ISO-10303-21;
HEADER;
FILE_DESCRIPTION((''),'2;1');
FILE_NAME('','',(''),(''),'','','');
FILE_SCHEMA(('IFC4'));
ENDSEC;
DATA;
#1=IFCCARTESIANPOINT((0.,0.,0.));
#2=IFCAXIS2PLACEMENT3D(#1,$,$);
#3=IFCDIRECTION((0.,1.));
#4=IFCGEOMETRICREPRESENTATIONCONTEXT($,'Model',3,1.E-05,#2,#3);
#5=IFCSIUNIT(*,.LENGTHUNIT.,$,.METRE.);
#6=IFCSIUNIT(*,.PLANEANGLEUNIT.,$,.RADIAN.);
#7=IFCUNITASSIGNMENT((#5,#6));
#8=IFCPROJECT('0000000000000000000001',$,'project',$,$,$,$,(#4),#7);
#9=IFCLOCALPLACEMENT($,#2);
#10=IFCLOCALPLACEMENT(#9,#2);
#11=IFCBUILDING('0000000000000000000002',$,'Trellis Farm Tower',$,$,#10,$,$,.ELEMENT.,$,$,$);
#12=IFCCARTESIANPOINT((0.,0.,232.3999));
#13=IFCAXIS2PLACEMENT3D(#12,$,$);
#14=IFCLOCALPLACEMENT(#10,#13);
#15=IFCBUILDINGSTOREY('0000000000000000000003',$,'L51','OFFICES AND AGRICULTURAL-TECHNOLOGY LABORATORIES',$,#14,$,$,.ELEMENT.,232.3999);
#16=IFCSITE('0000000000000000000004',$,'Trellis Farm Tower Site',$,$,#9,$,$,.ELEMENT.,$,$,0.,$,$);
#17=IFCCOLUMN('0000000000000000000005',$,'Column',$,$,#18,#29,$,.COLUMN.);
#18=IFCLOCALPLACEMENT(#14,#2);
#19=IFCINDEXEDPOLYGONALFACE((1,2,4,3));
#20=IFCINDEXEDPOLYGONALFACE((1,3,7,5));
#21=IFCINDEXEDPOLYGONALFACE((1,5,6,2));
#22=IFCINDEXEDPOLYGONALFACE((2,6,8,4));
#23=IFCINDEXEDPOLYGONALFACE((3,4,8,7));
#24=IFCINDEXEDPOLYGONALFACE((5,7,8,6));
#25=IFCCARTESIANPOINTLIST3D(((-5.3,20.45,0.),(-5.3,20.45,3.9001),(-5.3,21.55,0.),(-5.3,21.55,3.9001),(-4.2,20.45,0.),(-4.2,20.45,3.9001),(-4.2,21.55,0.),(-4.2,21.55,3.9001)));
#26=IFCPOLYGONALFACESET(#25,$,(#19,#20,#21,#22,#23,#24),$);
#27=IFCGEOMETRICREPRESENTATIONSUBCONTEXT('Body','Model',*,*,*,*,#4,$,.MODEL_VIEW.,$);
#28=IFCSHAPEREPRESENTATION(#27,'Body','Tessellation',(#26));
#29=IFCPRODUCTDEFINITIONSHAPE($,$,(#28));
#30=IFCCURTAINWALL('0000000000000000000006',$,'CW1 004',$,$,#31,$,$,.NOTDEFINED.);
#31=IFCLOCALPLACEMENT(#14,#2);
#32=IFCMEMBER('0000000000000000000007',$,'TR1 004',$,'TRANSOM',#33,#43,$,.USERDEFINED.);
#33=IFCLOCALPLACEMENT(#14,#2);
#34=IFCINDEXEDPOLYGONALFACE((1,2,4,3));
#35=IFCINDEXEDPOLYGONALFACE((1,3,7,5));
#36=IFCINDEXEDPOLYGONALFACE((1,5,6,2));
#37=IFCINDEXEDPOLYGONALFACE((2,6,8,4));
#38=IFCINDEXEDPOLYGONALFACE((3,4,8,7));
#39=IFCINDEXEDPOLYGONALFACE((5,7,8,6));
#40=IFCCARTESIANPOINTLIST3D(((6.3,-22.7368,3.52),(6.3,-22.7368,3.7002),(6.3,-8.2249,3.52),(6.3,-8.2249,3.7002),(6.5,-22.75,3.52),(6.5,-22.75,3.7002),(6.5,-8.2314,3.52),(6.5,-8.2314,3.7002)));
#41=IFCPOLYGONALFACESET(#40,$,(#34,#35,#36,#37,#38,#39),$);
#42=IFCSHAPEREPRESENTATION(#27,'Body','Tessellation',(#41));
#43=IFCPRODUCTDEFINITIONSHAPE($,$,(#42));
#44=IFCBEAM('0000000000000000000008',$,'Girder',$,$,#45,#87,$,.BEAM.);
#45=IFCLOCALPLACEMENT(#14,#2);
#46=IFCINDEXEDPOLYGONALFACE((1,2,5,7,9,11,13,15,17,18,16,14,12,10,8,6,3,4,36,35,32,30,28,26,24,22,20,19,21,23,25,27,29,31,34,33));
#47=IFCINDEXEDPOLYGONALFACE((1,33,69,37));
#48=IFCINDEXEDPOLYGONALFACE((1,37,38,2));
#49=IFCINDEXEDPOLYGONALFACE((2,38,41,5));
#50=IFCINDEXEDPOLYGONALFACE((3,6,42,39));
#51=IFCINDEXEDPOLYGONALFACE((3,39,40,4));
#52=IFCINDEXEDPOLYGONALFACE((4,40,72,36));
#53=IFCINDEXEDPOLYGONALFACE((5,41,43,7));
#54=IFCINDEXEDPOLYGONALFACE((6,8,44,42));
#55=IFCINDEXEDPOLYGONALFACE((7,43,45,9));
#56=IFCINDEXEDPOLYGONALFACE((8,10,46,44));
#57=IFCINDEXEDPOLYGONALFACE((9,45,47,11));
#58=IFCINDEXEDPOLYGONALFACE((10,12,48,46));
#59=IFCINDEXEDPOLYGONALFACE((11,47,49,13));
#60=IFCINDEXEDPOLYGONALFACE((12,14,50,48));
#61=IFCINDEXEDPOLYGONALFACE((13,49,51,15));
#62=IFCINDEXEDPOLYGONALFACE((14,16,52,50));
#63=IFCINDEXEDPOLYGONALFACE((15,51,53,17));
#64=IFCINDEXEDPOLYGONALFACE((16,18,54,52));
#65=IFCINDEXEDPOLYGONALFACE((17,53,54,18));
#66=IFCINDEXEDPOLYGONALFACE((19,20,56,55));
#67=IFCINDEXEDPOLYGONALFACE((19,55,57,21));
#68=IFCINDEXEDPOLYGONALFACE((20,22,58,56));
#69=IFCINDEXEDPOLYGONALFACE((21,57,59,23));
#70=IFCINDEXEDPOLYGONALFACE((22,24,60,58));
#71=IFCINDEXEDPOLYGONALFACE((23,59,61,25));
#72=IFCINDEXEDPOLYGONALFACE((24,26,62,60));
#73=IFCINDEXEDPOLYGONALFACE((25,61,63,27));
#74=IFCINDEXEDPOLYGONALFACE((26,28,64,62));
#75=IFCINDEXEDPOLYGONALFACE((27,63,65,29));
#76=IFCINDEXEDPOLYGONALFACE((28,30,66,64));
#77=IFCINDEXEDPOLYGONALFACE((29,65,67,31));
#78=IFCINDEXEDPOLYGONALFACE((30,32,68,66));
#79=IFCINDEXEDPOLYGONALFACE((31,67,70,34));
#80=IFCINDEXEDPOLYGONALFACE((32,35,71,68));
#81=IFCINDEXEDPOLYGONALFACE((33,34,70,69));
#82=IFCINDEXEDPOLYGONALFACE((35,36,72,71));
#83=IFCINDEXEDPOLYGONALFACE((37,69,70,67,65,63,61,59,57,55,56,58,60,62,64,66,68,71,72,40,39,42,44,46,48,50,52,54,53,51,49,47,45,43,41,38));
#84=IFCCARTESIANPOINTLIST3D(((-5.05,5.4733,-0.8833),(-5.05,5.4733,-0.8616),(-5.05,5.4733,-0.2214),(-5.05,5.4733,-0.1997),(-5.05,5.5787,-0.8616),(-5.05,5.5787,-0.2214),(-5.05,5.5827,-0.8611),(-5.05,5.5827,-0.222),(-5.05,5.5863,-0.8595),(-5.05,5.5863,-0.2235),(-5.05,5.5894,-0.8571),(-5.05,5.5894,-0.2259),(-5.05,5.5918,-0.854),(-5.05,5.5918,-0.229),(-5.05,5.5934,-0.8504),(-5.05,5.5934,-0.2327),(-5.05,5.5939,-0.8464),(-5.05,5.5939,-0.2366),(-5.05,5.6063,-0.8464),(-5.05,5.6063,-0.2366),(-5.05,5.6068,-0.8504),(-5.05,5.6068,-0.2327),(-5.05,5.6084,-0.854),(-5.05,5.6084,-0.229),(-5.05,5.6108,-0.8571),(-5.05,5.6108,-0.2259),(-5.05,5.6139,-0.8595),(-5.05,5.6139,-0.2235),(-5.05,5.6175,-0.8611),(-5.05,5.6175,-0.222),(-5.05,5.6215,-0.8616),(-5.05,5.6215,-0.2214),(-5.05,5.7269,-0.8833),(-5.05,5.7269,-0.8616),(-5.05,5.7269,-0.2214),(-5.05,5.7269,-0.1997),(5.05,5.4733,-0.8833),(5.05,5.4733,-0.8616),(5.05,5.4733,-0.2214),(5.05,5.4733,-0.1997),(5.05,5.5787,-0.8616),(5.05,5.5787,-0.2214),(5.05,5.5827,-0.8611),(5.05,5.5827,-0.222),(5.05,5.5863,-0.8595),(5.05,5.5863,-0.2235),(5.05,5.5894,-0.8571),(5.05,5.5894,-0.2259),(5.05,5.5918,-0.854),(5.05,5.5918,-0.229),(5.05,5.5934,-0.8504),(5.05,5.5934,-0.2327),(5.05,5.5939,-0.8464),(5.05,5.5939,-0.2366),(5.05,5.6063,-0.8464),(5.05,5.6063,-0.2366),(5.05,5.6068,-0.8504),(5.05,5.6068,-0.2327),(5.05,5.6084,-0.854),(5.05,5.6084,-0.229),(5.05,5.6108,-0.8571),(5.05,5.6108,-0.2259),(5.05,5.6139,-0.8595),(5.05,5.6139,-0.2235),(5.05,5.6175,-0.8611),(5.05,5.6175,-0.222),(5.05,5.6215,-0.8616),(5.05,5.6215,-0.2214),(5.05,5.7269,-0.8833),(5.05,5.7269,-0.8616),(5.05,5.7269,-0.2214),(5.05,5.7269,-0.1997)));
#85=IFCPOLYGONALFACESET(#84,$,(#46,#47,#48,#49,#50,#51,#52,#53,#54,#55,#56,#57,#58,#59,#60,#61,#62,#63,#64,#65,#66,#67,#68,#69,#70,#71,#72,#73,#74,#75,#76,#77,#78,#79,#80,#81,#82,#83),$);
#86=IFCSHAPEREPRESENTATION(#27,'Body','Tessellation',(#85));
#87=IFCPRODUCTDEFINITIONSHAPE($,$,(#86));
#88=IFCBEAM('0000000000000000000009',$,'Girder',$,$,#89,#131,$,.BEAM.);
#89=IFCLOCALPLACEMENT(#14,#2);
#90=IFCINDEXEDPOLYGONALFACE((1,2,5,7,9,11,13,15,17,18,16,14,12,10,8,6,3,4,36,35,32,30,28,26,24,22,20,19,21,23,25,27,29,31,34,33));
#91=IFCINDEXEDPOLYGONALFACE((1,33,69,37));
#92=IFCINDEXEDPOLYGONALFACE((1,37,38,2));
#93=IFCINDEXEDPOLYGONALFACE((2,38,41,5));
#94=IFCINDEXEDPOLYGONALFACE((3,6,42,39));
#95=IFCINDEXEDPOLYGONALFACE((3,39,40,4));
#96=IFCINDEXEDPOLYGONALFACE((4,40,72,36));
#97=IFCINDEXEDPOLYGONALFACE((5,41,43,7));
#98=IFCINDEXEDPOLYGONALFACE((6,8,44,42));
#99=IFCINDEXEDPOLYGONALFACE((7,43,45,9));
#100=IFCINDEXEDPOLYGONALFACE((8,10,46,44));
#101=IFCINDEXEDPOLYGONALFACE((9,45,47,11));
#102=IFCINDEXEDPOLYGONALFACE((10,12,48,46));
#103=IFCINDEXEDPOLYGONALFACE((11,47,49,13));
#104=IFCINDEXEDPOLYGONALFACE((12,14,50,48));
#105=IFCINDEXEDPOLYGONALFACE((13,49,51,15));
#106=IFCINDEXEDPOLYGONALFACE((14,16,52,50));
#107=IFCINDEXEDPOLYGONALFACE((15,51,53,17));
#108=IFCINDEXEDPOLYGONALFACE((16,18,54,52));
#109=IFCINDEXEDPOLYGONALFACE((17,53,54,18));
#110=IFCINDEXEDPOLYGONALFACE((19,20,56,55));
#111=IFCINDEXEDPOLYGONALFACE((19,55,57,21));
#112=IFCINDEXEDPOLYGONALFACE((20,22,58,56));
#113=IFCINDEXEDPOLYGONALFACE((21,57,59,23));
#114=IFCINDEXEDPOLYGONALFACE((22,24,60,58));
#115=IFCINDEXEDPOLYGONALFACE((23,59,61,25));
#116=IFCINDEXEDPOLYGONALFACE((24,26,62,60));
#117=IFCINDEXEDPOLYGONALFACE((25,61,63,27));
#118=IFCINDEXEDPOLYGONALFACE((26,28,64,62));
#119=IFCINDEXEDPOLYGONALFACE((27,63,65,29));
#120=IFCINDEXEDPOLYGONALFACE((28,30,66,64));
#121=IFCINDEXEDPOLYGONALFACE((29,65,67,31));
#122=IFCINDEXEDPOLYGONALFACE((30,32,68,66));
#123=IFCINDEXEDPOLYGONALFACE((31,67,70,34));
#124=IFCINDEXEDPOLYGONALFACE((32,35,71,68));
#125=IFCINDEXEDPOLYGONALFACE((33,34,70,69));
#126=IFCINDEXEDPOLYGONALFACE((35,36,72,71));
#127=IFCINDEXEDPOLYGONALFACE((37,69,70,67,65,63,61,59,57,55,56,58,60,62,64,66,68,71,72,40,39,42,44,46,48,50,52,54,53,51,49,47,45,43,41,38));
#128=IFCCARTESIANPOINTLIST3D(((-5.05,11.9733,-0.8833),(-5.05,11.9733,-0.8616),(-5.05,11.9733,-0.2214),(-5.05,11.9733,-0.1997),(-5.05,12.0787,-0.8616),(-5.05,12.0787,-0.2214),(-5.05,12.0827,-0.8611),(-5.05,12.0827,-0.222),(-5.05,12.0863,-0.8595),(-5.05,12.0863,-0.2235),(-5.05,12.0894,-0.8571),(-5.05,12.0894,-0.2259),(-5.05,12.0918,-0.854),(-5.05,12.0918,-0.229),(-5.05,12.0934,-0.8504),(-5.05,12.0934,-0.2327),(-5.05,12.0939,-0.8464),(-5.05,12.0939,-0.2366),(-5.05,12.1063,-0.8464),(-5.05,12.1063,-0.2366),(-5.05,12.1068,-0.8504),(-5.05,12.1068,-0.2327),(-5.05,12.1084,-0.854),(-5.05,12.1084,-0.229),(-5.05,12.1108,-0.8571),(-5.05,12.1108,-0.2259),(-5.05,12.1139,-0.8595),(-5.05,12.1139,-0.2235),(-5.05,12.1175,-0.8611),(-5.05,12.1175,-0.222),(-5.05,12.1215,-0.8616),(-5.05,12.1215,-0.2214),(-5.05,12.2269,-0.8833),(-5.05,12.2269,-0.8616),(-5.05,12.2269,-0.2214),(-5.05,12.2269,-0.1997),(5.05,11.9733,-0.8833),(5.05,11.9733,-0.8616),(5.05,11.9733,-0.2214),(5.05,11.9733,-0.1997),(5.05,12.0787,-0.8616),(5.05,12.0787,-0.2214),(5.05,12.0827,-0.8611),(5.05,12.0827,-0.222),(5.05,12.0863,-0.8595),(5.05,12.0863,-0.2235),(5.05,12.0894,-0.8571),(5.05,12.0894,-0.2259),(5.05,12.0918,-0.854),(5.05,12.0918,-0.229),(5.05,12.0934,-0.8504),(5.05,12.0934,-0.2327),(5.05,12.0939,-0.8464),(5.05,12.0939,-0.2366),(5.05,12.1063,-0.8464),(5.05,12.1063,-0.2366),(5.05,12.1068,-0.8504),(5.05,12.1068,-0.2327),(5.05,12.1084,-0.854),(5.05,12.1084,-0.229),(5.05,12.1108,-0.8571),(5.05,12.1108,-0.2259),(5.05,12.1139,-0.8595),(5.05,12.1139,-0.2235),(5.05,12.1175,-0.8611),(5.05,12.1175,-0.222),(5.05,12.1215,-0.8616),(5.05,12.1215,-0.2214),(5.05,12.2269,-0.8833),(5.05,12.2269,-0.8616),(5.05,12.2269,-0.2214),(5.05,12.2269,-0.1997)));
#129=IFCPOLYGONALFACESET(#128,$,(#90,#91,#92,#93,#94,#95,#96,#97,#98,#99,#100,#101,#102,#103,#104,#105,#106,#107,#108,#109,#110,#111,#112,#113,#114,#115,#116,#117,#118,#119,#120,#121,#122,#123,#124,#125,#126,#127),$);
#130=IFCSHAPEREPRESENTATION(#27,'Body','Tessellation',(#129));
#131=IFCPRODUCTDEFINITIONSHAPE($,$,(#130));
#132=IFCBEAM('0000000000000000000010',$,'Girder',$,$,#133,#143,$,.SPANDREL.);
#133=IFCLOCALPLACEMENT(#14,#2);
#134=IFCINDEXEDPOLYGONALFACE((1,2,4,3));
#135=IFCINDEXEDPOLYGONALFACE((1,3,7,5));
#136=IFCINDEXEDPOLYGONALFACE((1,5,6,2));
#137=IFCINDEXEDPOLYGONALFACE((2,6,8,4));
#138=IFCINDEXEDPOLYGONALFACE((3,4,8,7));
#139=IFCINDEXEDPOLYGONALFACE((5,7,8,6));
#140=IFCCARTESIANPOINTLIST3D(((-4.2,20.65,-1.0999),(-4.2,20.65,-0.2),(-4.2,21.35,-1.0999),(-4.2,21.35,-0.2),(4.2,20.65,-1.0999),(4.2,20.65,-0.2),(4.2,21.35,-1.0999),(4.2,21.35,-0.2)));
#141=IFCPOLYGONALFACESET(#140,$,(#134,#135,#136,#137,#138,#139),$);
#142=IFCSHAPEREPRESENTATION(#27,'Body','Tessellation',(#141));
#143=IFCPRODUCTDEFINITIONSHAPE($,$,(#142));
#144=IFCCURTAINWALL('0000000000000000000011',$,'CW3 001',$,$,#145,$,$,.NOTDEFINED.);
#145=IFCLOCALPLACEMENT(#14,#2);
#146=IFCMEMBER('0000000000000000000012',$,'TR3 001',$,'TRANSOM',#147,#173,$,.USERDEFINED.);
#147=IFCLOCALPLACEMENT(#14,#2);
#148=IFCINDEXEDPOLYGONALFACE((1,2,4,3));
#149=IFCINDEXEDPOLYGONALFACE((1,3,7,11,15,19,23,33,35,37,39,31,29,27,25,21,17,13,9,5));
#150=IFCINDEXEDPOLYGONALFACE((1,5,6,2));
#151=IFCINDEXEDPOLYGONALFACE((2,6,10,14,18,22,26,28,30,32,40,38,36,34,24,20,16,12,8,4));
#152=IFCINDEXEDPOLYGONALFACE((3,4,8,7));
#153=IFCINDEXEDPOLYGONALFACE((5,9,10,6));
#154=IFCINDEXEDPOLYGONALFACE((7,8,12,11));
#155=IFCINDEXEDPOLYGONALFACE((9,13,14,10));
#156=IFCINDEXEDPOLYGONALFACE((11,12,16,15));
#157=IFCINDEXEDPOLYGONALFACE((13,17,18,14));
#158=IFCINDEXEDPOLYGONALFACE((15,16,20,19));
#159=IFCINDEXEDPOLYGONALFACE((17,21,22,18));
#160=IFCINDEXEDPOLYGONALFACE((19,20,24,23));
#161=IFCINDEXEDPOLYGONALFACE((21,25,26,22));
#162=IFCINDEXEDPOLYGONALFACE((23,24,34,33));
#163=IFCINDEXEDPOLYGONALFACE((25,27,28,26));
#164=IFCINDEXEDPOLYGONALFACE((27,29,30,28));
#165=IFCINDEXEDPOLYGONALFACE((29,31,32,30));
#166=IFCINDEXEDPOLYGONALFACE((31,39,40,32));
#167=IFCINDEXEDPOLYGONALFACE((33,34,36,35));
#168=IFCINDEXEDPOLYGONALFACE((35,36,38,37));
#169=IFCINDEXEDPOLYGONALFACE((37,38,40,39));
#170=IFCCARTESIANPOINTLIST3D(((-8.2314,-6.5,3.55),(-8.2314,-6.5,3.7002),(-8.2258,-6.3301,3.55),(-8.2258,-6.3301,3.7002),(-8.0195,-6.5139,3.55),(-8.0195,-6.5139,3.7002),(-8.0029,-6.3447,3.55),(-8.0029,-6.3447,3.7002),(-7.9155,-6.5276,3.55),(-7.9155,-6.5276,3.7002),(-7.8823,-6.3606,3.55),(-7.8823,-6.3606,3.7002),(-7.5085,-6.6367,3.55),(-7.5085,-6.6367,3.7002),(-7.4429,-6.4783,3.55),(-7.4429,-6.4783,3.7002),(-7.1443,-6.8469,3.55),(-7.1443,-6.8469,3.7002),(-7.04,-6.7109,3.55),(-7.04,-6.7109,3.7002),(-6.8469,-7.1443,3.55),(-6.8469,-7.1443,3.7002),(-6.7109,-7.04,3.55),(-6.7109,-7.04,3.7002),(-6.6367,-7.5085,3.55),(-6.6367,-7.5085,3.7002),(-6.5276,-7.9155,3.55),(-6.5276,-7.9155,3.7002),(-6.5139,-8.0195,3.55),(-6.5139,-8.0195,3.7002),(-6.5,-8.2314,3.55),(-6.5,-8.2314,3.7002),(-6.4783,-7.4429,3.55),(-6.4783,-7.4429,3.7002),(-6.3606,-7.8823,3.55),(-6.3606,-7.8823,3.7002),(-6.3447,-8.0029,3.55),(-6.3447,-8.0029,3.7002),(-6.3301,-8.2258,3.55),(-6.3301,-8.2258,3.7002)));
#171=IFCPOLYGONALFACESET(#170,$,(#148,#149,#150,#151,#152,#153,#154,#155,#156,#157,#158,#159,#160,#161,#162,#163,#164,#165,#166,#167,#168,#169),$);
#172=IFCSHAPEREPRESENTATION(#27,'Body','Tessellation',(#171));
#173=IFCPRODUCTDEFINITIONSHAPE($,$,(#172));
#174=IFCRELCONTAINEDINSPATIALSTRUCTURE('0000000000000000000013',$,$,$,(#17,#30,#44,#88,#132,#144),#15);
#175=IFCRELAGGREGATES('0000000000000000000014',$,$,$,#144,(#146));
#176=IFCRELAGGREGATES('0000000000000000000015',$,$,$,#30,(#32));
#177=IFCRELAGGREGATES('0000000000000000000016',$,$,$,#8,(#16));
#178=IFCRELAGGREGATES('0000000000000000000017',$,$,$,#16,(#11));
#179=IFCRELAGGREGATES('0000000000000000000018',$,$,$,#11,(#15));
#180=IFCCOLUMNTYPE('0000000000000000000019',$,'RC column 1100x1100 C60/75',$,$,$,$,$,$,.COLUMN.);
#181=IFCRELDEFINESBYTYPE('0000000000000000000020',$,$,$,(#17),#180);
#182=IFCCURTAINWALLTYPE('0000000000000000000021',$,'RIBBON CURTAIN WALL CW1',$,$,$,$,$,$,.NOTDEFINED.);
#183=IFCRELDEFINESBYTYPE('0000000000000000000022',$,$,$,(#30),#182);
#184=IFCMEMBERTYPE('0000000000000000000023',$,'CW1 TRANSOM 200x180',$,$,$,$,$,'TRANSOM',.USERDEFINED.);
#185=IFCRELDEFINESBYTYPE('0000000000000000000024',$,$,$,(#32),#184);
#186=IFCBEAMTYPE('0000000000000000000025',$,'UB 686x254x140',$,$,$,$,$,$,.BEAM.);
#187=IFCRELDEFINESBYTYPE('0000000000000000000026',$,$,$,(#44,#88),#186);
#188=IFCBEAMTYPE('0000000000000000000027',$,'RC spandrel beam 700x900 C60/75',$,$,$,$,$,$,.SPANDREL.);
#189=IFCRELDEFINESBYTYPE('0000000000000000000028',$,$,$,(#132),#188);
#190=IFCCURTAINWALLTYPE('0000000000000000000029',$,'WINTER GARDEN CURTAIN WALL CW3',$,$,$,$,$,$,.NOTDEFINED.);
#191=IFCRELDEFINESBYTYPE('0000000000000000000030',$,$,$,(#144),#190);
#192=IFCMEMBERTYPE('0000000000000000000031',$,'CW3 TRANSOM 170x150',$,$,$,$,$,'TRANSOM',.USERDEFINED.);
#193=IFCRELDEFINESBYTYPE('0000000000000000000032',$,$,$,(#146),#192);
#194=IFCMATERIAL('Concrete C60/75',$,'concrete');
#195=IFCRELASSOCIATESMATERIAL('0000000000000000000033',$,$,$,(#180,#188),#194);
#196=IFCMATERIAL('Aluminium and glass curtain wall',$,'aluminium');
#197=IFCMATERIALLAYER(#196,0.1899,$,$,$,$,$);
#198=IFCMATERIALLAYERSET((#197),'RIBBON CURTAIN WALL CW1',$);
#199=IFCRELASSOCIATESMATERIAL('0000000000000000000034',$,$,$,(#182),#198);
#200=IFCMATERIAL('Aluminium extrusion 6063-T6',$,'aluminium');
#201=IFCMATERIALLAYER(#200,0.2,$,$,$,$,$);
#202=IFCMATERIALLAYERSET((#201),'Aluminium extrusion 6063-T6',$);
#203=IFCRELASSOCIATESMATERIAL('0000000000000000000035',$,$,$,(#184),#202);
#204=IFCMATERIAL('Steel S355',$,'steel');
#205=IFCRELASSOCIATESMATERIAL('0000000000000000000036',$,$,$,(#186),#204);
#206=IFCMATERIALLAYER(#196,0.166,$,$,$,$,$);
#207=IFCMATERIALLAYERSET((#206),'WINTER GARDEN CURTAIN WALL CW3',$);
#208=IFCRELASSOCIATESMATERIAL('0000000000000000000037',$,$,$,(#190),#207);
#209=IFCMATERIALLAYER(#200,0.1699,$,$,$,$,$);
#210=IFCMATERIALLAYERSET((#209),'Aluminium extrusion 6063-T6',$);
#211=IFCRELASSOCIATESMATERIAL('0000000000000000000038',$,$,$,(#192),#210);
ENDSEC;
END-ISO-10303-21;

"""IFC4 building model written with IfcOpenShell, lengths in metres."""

from ifc_helpers import new_model, si_unit, direction, frame, origin, origin_2d, place, context, subcontext, project, spatial, polyline, rectangle, i_section, outline, extrude, source, transform, mapped, material, layer, layer_set, material_profile, profile_set, type_object, element, aggregate, save


model = new_model("IFC4")

# Units and contexts
model_context = context("Model", 3, precision=1e-05, world=origin(), true_north=direction((0.0, 1.0)))
body_context = subcontext(model_context, "Body", "Model", "MODEL_VIEW")
ifc_project = project(units=[si_unit("LENGTHUNIT", "METRE"), si_unit("PLANEANGLEUNIT", "RADIAN")], contexts=[model_context])

# Site, building, storey
site_placement = place(None, origin())
site = spatial("IfcSite", under=ifc_project, at=site_placement, Name="Trellis Farm Tower Site", CompositionType="ELEMENT", RefElevation=0.0)
building_placement = place(site_placement, origin())
building = spatial("IfcBuilding", under=site, at=building_placement, Name="Trellis Farm Tower", CompositionType="ELEMENT")
storey_placement = place(building_placement, frame((0.0, 0.0, 232.3999)))
storey = spatial("IfcBuildingStorey", under=building, at=storey_placement, Name="L51", Description="OFFICES AND AGRICULTURAL-TECHNOLOGY LABORATORIES", CompositionType="ELEMENT", Elevation=232.3999)

# Column
ifc_material_1 = material(Name="Concrete C60/75", Category="concrete")
ifc_material_profile_1 = material_profile(ifc_material_1, rectangle(XDim=1.1001, YDim=1.1001, at=origin_2d()), Name="RC column 1100x1100 C60/75")
ifc_profile_set_1 = profile_set([ifc_material_profile_1], Name="Concrete C60/75")
column_type = type_object("IfcColumnType", Name="RC column 1100x1100 C60/75", PredefinedType="COLUMN", material=ifc_profile_set_1)
shared_shape_1 = source(origin(), body_context, "Body", "SweptSolid", [
    extrude(rectangle(XDim=1.1001, YDim=1.1001, at=origin_2d()), origin(), (0.0, 0.0, 1.0), 3.9001),
])
column_placement = place(storey_placement, frame((-4.75, 21.0, 0.0), z_axis=(0.0, 0.0, 1.0), x_axis=(1.0, 0.0, 0.0)))
element("IfcColumn", 1, at=column_placement, inside=storey, type_object=column_type, Name="Column", PredefinedType="COLUMN", context=body_context, shape_type="MappedRepresentation", body=[
    mapped(shared_shape_1, transform((0.0, 0.0, 0.0))),
])

# Curtain wall, member
ifc_material_2 = material(Name="Aluminium and glass curtain wall", Category="aluminium")
ifc_layer_1 = layer(ifc_material_2, 0.1899)
ifc_layer_set_1 = layer_set([ifc_layer_1], Name="RIBBON CURTAIN WALL CW1")
curtain_wall_type_1 = type_object("IfcCurtainWallType", Name="RIBBON CURTAIN WALL CW1", PredefinedType="NOTDEFINED", material=ifc_layer_set_1)
placement_1 = place(storey_placement, origin())
curtain_wall_1 = element("IfcCurtainWall", 2, at=placement_1, inside=storey, type_object=curtain_wall_type_1, Name="CW1 004", PredefinedType="NOTDEFINED")
ifc_material_3 = material(Name="Aluminium extrusion 6063-T6", Category="aluminium")
ifc_layer_2 = layer(ifc_material_3, 0.2)
ifc_layer_set_2 = layer_set([ifc_layer_2], Name="Aluminium extrusion 6063-T6")
member_type_1 = type_object("IfcMemberType", Name="CW1 TRANSOM 200x180", ElementType="TRANSOM", PredefinedType="USERDEFINED", material=ifc_layer_set_2)
placement_2 = place(storey_placement, frame((0.0, 0.0, 3.52)))
member_1 = element("IfcMember", 3, at=placement_2, type_object=member_type_1, Name="TR1 004", ObjectType="TRANSOM", PredefinedType="USERDEFINED", context=body_context, shape_type="SweptSolid", body=[
    extrude(outline(polyline([(6.5, -22.75), (6.5, -8.2314), (6.3, -8.2249), (6.3, -22.7368), (6.5, -22.75)])), origin(), (0.0, 0.0, 1.0), 0.1802),
])

# Beams
ifc_material_4 = material(Name="Steel S355", Category="steel")
ifc_material_profile_2 = material_profile(ifc_material_4, i_section(OverallWidth=0.2537, OverallDepth=0.6836, WebThickness=0.0125, FlangeThickness=0.0217, FilletRadius=0.0151, at=origin_2d()), Name="UB 686x254x140")
ifc_profile_set_2 = profile_set([ifc_material_profile_2], Name="Steel S355")
beam_type_1 = type_object("IfcBeamType", Name="UB 686x254x140", PredefinedType="BEAM", material=ifc_profile_set_2)
shared_shape_2 = source(origin(), body_context, "Body", "SweptSolid", [
    extrude(i_section(OverallWidth=0.2537, OverallDepth=0.6836, WebThickness=0.0125, FlangeThickness=0.0217, FilletRadius=0.0151, at=origin_2d()), origin(), (0.0, 0.0, 1.0), 10.1001),
])
for number, where, z_axis, x_axis, name in (
    (4, (-5.05, 5.6001, -0.5415), (1.0, 0.0, 0.0), (0.0, 1.0, 0.0), "Girder"),
    (5, (-5.05, 12.1001, -0.5415), (1.0, 0.0, 0.0), (0.0, 1.0, 0.0), "Girder"),
):
    element("IfcBeam", number, at=place(storey_placement, frame(where, z_axis=z_axis, x_axis=x_axis)), inside=storey, type_object=beam_type_1, Name=name, PredefinedType="BEAM", context=body_context, shape_type="MappedRepresentation", body=[
        mapped(shared_shape_2, transform((0.0, 0.0, 0.0))),
    ])
ifc_material_profile_3 = material_profile(ifc_material_1, rectangle(XDim=0.7, YDim=0.8999, at=origin_2d()), Name="RC spandrel beam 700x900 C60/75")
ifc_profile_set_3 = profile_set([ifc_material_profile_3], Name="Concrete C60/75")
beam_type_2 = type_object("IfcBeamType", Name="RC spandrel beam 700x900 C60/75", PredefinedType="SPANDREL", material=ifc_profile_set_3)
shared_shape_3 = source(origin(), body_context, "Body", "SweptSolid", [
    extrude(rectangle(XDim=0.7, YDim=0.8999, at=origin_2d()), origin(), (0.0, 0.0, 1.0), 8.3999),
])
beam_placement = place(storey_placement, frame((-4.2, 21.0, -0.6499), z_axis=(1.0, 0.0, 0.0), x_axis=(0.0, 1.0, 0.0)))
element("IfcBeam", 6, at=beam_placement, inside=storey, type_object=beam_type_2, Name="Girder", PredefinedType="SPANDREL", context=body_context, shape_type="MappedRepresentation", body=[
    mapped(shared_shape_3, transform((0.0, 0.0, 0.0))),
])

# Curtain wall, member
ifc_layer_3 = layer(ifc_material_2, 0.166)
ifc_layer_set_3 = layer_set([ifc_layer_3], Name="WINTER GARDEN CURTAIN WALL CW3")
curtain_wall_type_2 = type_object("IfcCurtainWallType", Name="WINTER GARDEN CURTAIN WALL CW3", PredefinedType="NOTDEFINED", material=ifc_layer_set_3)
curtain_wall_2 = element("IfcCurtainWall", 7, at=placement_1, inside=storey, type_object=curtain_wall_type_2, Name="CW3 001", PredefinedType="NOTDEFINED")
ifc_layer_4 = layer(ifc_material_3, 0.1699)
ifc_layer_set_4 = layer_set([ifc_layer_4], Name="Aluminium extrusion 6063-T6")
member_type_2 = type_object("IfcMemberType", Name="CW3 TRANSOM 170x150", ElementType="TRANSOM", PredefinedType="USERDEFINED", material=ifc_layer_set_4)
shared_shape_4 = source(origin(), body_context, "Body", "SweptSolid", [
    extrude(outline(polyline([(-8.2314, -6.5), (-8.0195, -6.5139), (-7.9155, -6.5276), (-7.5085, -6.6367), (-7.1443, -6.8469), (-6.8469, -7.1443), (-6.6367, -7.5085), (-6.5276, -7.9155), (-6.5139, -8.0195), (-6.5, -8.2314), (-6.3301, -8.2258), (-6.3447, -8.0029), (-6.3606, -7.8823), (-6.4783, -7.4429), (-6.7109, -7.04), (-7.04, -6.7109), (-7.4429, -6.4783), (-7.8823, -6.3606), (-8.0029, -6.3447), (-8.2258, -6.3301), (-8.2314, -6.5)])), origin(), (0.0, 0.0, 1.0), 0.1501),
])
placement_3 = place(storey_placement, frame((0.0, 0.0, 3.55)))
member_2 = element("IfcMember", 8, at=placement_3, type_object=member_type_2, Name="TR3 001", ObjectType="TRANSOM", PredefinedType="USERDEFINED", context=body_context, shape_type="MappedRepresentation", body=[
    mapped(shared_shape_4, transform((0.0, 0.0, 0.0))),
])

aggregate(curtain_wall_2, [member_2])
aggregate(curtain_wall_1, [member_1])

save(model, "model.ifc")
